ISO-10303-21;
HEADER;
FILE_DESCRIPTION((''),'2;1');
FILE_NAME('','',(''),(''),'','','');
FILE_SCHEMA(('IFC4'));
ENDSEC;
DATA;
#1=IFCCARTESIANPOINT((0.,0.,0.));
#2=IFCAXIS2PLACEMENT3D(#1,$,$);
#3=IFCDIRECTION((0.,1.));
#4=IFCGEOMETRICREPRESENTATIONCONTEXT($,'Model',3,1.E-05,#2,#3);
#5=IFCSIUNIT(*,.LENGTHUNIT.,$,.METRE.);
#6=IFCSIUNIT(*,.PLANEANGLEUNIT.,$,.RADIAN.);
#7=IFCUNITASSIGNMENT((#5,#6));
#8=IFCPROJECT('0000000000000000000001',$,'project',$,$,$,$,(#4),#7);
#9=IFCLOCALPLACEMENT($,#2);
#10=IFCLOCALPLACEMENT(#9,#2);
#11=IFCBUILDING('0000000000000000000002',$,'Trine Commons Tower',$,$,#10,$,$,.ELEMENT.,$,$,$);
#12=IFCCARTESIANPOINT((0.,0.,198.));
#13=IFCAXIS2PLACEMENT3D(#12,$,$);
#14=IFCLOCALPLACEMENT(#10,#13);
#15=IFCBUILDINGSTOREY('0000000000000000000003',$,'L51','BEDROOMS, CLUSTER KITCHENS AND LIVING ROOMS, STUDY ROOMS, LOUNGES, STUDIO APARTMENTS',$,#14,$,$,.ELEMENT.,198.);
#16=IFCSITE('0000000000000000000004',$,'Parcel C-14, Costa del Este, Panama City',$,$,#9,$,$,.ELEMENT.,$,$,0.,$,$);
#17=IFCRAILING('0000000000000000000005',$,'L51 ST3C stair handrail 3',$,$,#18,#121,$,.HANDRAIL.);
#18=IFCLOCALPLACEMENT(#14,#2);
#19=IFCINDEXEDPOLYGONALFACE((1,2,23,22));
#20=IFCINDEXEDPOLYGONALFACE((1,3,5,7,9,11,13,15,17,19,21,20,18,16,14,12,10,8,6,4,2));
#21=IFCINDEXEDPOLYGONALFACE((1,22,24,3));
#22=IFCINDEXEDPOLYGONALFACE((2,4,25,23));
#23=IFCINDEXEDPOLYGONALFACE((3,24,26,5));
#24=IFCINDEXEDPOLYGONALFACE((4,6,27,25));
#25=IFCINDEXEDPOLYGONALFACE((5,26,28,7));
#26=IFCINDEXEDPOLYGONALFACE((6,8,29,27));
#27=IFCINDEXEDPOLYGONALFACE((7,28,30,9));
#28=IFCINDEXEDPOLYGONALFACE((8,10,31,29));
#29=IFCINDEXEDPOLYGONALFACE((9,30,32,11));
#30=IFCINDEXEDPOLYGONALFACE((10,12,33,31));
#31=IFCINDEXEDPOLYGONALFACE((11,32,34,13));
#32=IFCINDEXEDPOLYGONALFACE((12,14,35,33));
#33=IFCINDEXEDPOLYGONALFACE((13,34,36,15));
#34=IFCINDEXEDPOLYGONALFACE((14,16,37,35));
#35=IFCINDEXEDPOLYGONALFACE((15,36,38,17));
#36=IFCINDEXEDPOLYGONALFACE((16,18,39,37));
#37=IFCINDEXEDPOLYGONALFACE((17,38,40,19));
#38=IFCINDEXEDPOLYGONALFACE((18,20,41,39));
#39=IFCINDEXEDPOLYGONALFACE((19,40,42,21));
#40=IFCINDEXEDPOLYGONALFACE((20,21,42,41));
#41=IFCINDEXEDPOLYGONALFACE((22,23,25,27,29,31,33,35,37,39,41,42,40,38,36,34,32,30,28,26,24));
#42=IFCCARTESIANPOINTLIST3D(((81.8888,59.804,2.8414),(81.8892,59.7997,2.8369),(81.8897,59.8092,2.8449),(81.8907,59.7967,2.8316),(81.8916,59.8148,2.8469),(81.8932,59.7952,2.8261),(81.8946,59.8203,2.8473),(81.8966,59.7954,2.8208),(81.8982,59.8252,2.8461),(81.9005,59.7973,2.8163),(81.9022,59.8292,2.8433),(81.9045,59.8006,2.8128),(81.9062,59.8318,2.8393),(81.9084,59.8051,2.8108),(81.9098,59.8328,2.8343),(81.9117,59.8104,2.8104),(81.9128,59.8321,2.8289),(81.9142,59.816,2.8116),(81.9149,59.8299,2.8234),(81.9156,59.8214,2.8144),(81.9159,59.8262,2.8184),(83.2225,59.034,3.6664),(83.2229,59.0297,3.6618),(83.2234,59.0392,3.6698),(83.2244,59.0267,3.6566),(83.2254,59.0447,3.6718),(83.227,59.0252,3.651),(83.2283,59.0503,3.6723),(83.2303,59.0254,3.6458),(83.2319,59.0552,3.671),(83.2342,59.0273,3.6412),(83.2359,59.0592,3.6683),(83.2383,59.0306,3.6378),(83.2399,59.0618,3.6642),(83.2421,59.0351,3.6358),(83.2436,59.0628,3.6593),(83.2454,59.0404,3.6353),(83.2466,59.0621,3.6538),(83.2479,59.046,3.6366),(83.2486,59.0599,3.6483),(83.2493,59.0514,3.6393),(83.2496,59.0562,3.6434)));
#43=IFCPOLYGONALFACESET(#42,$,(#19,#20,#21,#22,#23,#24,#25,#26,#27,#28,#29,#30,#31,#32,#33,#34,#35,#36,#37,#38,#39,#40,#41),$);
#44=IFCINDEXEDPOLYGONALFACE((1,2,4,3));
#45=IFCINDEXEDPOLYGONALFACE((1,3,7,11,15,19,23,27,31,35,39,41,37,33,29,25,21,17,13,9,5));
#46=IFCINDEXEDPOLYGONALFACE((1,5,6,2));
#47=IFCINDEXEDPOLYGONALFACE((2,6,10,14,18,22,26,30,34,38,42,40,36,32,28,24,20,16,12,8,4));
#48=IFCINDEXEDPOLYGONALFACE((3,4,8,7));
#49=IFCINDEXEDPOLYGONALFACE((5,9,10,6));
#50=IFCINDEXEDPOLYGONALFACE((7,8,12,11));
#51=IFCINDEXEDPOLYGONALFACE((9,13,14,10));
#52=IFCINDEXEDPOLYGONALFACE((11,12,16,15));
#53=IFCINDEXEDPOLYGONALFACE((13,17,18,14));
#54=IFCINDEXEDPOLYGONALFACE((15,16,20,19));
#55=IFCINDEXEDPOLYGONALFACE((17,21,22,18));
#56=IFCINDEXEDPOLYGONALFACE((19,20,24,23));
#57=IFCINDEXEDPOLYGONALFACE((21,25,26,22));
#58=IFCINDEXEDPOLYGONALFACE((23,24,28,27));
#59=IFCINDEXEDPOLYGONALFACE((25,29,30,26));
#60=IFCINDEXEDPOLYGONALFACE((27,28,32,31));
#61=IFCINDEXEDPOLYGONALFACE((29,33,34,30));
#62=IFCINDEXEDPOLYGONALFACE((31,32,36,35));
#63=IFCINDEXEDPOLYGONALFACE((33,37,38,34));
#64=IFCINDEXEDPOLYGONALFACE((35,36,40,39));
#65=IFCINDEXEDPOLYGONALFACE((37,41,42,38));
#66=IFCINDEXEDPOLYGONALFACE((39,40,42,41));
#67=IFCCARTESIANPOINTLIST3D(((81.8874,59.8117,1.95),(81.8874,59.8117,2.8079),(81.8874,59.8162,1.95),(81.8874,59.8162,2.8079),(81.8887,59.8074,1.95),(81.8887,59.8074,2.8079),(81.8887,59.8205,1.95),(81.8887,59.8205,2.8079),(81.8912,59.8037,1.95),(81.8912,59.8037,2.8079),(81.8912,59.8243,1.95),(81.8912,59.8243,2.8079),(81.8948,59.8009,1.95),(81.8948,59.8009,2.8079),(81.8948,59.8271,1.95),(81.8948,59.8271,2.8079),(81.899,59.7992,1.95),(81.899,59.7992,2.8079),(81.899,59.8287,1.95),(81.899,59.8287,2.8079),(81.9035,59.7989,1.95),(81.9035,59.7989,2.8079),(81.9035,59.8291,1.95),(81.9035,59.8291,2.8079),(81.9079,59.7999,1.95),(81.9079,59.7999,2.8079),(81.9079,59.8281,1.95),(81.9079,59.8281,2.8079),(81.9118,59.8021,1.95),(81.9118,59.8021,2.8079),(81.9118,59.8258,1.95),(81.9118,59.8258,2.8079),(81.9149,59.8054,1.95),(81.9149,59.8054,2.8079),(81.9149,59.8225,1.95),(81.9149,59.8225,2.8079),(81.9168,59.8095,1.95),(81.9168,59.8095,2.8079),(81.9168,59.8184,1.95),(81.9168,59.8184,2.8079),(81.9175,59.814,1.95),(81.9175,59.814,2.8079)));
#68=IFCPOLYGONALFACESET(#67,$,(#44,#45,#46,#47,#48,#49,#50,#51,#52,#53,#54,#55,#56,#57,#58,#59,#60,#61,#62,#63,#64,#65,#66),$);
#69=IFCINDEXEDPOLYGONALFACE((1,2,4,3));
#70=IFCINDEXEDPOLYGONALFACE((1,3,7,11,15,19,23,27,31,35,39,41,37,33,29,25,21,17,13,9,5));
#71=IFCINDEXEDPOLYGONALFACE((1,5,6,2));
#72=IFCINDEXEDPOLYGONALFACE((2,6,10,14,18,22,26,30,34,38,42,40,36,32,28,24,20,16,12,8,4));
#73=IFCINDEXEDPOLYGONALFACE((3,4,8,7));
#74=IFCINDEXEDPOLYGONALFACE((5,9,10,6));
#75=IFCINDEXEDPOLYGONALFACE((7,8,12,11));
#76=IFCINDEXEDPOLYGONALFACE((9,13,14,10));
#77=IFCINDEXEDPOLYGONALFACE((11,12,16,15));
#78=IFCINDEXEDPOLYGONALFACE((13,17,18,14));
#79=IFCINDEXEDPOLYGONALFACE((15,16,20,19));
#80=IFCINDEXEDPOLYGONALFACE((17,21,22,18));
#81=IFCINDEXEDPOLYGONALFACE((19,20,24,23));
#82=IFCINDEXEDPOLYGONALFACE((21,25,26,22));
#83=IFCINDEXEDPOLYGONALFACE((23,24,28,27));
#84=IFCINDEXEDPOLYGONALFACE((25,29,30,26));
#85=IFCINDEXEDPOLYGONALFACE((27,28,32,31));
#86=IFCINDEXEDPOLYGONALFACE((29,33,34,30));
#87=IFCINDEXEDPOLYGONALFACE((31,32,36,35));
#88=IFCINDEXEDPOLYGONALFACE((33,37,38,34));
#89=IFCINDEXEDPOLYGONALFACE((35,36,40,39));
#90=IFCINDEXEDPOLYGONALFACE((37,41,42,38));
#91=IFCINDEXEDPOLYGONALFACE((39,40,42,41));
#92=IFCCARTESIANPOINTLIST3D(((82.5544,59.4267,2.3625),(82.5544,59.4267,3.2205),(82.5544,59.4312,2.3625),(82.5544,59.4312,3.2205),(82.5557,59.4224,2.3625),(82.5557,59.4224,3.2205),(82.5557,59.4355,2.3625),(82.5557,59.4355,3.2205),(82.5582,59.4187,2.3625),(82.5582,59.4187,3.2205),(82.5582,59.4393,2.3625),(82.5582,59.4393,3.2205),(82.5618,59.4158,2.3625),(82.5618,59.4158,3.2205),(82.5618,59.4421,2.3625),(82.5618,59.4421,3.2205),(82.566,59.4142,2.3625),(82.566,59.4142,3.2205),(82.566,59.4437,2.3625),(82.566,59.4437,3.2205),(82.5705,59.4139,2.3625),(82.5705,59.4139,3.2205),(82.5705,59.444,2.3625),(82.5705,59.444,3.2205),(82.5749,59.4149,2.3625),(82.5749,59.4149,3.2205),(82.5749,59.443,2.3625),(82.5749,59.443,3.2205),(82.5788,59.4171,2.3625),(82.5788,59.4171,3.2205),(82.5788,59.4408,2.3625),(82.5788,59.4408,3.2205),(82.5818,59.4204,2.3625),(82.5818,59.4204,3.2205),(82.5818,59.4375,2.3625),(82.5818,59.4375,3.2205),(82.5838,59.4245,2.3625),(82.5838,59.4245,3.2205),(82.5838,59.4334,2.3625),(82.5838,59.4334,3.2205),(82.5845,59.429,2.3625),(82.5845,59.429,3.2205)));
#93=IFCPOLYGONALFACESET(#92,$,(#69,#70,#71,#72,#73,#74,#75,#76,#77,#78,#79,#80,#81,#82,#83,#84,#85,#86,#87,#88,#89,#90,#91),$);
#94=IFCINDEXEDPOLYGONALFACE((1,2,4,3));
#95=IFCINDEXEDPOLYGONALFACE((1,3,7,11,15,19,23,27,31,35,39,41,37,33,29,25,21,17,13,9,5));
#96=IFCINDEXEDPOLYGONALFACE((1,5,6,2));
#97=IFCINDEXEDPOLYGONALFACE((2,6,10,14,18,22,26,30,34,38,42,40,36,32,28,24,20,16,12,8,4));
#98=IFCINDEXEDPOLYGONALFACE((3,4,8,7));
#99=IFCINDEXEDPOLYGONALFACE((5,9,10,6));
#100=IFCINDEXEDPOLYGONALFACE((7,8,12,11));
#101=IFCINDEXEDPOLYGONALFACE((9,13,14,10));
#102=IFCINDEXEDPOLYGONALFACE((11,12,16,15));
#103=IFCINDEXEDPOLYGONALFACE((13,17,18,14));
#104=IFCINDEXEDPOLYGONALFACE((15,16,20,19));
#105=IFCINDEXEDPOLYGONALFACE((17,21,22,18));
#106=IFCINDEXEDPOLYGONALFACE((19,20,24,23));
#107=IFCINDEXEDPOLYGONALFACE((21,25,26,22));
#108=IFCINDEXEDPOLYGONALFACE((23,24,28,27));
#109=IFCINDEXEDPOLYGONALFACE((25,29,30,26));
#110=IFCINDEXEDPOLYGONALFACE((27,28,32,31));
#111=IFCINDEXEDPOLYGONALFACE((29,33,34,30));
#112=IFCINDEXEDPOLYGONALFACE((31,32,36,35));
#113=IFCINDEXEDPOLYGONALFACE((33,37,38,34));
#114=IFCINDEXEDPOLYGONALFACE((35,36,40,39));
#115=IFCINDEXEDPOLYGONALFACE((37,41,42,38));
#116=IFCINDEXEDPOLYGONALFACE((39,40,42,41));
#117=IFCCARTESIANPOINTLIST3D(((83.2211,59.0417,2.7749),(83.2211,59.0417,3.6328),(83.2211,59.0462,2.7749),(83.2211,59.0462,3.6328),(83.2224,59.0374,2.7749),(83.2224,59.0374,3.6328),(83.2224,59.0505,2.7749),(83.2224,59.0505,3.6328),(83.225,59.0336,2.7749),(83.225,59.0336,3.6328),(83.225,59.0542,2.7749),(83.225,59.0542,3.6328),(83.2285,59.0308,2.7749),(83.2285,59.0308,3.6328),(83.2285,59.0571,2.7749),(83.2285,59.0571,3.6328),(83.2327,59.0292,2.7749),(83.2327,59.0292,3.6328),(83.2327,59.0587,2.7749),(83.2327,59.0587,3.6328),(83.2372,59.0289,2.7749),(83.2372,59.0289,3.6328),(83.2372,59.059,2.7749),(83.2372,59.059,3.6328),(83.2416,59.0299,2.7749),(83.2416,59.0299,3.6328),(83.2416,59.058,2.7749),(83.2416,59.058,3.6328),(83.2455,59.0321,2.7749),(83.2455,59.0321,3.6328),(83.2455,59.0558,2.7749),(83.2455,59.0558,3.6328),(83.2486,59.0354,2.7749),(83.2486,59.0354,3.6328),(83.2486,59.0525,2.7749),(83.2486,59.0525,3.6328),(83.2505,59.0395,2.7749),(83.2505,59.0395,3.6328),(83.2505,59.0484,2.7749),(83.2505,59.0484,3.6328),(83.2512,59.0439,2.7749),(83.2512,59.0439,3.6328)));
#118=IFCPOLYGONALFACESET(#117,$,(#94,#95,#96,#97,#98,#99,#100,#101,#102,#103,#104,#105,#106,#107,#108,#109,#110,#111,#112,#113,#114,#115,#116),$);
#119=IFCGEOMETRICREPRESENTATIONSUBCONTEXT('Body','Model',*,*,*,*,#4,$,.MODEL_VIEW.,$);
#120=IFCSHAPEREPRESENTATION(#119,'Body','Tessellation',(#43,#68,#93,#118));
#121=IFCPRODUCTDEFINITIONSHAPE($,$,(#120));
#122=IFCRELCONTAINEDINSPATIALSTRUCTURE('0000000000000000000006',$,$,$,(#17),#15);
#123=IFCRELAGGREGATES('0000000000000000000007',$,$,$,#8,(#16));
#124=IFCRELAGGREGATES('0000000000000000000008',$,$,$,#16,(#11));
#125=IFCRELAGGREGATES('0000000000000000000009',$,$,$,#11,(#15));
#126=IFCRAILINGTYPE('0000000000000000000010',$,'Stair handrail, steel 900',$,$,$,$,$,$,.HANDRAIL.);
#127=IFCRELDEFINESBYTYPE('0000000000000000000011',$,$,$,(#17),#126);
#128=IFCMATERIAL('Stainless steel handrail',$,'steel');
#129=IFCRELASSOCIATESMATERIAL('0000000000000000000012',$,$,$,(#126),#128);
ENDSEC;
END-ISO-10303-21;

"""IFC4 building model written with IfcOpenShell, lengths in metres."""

from ifc_helpers import new_model, si_unit, direction, frame, origin, origin_2d, place, context, subcontext, project, spatial, circle, extrude, material, type_object, element, save


model = new_model("IFC4")

# Units and contexts
model_context = context("Model", 3, precision=1e-05, world=origin(), true_north=direction((0.0, 1.0)))
body_context = subcontext(model_context, "Body", "Model", "MODEL_VIEW")
ifc_project = project(units=[si_unit("LENGTHUNIT", "METRE"), si_unit("PLANEANGLEUNIT", "RADIAN")], contexts=[model_context])

# Site, building, storey
site_placement = place(None, origin())
site = spatial("IfcSite", under=ifc_project, at=site_placement, Name="Parcel C-14, Costa del Este, Panama City", CompositionType="ELEMENT", RefElevation=0.0)
building_placement = place(site_placement, origin())
building = spatial("IfcBuilding", under=site, at=building_placement, Name="Trine Commons Tower", CompositionType="ELEMENT")
storey_placement = place(building_placement, frame((0.0, 0.0, 198.0)))
storey = spatial("IfcBuildingStorey", under=building, at=storey_placement, Name="L51", Description="BEDROOMS, CLUSTER KITCHENS AND LIVING ROOMS, STUDY ROOMS, LOUNGES, STUDIO APARTMENTS", CompositionType="ELEMENT", Elevation=198.0)

# Railing
ifc_material_1 = material(Name="Stainless steel handrail", Category="steel")
railing_type_1 = type_object("IfcRailingType", Name="Stair handrail, steel 900", PredefinedType="HANDRAIL", material=ifc_material_1)
railing_1_placement = place(storey_placement, frame((81.9023, 59.814, 1.95)))
element("IfcRailing", 1, at=railing_1_placement, inside=storey, type_object=railing_type_1, Name="L51 ST3C stair handrail 3", PredefinedType="HANDRAIL", context=body_context, shape_type="SweptSolid", body=[
    extrude(circle(Radius=0.021, at=origin_2d()), frame((0.0, 0.0, 0.8789), z_axis=(0.763405, -0.440743, 0.472185), x_axis=(0.499992, 0.86603, 0.0)), (0.0, 0.0, 1.0), 1.7471),
    extrude(circle(Radius=0.0151, at=origin_2d()), origin(), (0.0, 0.0, 1.0), 0.8579),
    extrude(circle(Radius=0.0151, at=origin_2d()), frame((0.667, -0.385, 0.4126)), (0.0, 0.0, 1.0), 0.8579),
    extrude(circle(Radius=0.0151, at=origin_2d()), frame((1.3337, -0.77, 0.825)), (0.0, 0.0, 1.0), 0.8579),
])

save(model, "model.ifc")
